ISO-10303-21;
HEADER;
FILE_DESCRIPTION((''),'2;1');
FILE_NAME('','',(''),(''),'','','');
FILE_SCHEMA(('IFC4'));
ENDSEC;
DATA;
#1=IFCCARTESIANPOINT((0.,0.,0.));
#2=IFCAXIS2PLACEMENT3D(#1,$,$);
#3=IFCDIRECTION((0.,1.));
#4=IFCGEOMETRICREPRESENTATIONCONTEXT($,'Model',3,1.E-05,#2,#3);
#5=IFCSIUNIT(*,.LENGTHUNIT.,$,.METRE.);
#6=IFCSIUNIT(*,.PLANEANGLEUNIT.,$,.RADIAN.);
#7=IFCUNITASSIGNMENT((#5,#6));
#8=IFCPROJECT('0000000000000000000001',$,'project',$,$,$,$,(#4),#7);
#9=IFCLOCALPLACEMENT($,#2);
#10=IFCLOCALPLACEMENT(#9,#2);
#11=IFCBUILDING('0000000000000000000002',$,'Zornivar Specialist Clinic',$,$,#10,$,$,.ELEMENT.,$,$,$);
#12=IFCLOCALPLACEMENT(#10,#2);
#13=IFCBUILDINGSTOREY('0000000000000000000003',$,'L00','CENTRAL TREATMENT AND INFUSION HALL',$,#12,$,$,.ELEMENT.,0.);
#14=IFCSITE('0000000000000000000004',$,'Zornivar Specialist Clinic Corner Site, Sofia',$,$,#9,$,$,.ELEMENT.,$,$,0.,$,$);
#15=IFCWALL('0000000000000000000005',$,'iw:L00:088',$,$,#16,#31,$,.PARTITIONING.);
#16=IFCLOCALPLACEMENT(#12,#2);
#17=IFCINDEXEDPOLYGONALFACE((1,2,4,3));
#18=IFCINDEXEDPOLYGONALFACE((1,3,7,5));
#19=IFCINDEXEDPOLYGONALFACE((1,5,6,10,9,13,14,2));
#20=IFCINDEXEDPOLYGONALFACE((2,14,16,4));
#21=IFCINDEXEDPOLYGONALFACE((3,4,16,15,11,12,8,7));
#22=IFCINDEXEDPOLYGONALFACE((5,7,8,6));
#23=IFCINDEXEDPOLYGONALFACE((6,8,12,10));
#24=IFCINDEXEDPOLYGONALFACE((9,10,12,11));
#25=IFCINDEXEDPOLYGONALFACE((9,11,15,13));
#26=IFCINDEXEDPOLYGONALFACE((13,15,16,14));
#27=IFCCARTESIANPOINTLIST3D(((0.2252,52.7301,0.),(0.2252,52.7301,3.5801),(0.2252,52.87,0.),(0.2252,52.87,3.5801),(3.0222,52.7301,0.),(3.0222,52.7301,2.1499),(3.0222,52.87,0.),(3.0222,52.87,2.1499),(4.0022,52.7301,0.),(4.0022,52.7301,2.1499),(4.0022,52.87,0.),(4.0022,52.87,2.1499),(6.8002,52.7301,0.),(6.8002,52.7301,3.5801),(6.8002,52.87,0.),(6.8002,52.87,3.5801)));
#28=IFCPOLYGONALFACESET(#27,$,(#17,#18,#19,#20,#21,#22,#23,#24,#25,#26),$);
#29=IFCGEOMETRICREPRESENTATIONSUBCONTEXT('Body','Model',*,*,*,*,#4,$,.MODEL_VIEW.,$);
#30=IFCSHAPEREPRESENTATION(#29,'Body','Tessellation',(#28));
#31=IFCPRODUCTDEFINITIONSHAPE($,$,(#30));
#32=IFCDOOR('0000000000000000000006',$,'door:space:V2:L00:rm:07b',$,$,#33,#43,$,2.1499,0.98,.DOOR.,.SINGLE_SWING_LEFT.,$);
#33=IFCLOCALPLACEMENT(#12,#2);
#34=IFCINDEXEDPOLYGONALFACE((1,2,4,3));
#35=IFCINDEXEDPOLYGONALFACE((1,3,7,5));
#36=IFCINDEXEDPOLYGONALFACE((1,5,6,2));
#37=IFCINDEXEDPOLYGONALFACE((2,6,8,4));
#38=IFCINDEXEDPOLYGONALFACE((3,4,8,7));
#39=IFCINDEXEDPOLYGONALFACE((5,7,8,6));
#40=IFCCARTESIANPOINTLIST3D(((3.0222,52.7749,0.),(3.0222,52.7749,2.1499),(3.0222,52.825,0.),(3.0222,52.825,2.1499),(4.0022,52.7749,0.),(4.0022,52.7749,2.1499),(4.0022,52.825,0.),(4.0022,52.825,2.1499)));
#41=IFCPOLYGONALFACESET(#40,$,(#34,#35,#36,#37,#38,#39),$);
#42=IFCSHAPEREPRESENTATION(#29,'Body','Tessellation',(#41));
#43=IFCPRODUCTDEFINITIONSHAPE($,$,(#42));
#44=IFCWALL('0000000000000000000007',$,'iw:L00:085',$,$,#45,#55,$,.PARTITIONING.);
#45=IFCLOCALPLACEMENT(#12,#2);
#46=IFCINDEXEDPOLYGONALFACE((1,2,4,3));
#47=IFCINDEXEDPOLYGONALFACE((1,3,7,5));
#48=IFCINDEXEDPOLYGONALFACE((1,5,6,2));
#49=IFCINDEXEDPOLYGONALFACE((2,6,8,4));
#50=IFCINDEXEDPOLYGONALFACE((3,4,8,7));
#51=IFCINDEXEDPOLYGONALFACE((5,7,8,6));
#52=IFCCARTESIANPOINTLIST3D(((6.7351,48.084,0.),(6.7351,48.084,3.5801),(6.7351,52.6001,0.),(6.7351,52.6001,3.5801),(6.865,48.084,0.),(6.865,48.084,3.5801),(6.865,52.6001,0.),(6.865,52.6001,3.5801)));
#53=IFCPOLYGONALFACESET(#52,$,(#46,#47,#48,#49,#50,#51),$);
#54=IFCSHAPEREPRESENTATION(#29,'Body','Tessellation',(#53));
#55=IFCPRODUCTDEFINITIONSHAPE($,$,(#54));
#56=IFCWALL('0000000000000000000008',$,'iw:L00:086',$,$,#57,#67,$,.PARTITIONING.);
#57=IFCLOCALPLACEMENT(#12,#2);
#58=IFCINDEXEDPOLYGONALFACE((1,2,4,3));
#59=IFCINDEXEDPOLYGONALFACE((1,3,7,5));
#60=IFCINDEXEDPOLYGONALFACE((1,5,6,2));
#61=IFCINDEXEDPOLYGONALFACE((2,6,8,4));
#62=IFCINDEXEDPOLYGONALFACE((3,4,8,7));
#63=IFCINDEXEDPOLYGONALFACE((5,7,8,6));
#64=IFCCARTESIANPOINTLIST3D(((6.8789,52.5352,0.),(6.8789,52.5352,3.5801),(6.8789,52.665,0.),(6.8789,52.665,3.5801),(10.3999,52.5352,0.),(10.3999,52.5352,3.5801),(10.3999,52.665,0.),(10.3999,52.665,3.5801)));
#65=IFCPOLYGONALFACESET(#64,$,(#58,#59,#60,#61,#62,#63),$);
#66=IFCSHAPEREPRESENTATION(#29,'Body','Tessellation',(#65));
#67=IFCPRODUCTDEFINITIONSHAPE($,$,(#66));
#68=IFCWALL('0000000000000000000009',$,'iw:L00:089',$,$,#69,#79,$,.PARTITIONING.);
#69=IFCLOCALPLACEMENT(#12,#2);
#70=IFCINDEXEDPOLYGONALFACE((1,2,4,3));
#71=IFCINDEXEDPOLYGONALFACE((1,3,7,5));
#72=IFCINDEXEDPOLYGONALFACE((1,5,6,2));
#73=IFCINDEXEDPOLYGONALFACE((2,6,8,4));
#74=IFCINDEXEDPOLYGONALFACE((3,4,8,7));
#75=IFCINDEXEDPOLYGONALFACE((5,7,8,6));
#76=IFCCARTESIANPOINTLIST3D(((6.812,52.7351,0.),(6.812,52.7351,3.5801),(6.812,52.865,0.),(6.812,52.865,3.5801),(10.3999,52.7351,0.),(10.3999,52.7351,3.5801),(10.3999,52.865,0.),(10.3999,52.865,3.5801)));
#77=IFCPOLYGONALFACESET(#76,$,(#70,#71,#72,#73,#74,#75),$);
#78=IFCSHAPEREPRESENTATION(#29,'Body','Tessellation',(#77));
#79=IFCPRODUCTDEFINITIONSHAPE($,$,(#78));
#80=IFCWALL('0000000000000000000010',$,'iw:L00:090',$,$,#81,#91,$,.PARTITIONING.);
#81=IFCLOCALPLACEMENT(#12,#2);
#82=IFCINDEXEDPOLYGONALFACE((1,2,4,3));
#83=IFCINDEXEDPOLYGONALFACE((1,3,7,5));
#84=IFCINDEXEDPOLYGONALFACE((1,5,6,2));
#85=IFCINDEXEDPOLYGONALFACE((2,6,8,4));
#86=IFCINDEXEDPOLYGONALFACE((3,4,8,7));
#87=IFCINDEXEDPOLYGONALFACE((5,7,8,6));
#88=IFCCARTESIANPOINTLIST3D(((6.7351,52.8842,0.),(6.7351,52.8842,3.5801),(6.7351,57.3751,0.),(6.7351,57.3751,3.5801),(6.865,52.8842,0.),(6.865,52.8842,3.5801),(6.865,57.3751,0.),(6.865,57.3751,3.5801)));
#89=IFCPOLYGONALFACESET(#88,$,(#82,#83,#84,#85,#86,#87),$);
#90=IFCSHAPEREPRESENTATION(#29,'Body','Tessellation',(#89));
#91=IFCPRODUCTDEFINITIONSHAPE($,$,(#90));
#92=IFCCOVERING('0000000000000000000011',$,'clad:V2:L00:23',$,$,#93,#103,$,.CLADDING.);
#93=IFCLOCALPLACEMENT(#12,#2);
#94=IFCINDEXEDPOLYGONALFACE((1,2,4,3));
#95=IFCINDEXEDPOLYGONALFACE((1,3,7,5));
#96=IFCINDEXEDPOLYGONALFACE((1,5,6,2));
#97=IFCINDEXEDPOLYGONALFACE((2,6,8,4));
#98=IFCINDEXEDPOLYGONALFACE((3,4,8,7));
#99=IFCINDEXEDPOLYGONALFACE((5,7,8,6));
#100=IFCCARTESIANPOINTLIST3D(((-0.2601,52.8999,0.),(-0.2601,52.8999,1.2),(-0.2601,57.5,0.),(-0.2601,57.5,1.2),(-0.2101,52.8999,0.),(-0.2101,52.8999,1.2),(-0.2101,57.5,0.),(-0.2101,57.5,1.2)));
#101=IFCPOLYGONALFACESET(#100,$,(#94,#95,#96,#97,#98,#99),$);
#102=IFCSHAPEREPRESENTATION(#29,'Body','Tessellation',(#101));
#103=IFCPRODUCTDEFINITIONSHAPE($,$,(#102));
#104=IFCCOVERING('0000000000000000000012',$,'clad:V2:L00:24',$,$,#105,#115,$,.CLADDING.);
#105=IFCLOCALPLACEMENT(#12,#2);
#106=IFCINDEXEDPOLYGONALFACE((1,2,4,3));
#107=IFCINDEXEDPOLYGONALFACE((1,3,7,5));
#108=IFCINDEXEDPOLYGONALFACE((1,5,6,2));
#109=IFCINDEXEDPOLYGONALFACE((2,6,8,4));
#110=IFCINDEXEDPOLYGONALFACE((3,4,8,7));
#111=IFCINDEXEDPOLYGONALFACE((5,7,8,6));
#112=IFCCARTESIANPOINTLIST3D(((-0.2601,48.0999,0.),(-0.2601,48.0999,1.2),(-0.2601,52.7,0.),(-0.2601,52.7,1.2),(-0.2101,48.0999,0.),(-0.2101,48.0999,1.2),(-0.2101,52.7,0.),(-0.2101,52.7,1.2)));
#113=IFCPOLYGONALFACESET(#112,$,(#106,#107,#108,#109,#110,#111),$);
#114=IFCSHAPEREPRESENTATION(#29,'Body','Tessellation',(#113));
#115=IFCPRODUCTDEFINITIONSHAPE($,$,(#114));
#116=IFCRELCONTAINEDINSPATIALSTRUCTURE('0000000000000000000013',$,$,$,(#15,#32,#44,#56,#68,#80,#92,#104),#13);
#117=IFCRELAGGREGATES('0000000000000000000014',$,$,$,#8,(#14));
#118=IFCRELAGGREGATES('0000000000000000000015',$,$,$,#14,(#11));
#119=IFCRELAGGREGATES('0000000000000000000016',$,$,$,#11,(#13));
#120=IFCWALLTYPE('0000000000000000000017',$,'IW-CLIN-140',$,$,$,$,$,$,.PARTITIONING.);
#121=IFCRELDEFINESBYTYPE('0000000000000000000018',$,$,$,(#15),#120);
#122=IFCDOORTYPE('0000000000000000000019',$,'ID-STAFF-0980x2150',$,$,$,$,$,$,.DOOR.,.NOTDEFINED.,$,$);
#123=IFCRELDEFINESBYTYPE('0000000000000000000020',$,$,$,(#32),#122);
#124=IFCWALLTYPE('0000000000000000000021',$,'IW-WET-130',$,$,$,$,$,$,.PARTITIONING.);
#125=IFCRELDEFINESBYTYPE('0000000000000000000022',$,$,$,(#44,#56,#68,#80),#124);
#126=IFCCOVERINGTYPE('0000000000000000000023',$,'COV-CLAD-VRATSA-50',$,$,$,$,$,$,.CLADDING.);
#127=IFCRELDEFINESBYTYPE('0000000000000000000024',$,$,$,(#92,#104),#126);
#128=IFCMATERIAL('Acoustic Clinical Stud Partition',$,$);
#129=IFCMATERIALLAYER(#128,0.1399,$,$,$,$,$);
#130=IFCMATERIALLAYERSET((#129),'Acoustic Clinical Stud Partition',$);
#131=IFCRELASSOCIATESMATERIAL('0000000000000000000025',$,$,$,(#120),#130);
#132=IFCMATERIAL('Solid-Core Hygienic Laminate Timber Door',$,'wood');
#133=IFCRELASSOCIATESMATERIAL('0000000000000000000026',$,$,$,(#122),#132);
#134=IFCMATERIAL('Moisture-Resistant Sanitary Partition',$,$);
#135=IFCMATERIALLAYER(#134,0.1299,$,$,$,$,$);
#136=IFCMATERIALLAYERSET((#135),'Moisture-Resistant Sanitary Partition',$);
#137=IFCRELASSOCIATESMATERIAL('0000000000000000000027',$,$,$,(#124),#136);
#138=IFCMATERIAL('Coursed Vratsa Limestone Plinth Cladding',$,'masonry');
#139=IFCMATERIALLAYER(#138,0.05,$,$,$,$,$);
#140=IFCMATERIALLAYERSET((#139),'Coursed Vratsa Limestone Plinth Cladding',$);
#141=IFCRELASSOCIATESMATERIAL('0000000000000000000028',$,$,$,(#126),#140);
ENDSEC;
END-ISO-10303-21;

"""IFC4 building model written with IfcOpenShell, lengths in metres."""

from ifc_helpers import new_model, si_unit, direction, frame, frame_2d, origin, origin_2d, place, context, subcontext, project, spatial, rectangle, extrude, material, layer, layer_set, type_object, element, fill, save


model = new_model("IFC4")

# Units and contexts
model_context = context("Model", 3, precision=1e-05, world=origin(), true_north=direction((0.0, 1.0)))
body_context = subcontext(model_context, "Body", "Model", "MODEL_VIEW")
ifc_project = project(units=[si_unit("LENGTHUNIT", "METRE"), si_unit("PLANEANGLEUNIT", "RADIAN")], contexts=[model_context])

# Site, building, storey
site_placement = place(None, origin())
site = spatial("IfcSite", under=ifc_project, at=site_placement, Name="Zornivar Specialist Clinic Corner Site, Sofia", CompositionType="ELEMENT", RefElevation=0.0)
building_placement = place(site_placement, origin())
building = spatial("IfcBuilding", under=site, at=building_placement, Name="Zornivar Specialist Clinic", CompositionType="ELEMENT")
storey_placement = place(building_placement, origin())
storey = spatial("IfcBuildingStorey", under=building, at=storey_placement, Name="L00", Description="CENTRAL TREATMENT AND INFUSION HALL", CompositionType="ELEMENT", Elevation=0.0)

# Wall, opening, door
ifc_material_1 = material(Name="Acoustic Clinical Stud Partition")
ifc_layer_1 = layer(ifc_material_1, 0.1399)
ifc_layer_set_1 = layer_set([ifc_layer_1], Name="Acoustic Clinical Stud Partition")
wall_type_1 = type_object("IfcWallType", Name="IW-CLIN-140", PredefinedType="PARTITIONING", material=ifc_layer_set_1)
wall_1_placement = place(storey_placement, frame((0.2251, 52.8, 0.0), z_axis=(0.0, 0.0, 1.0), x_axis=(1.0, 0.0, 0.0)))
wall_1 = element("IfcWall", 1, at=wall_1_placement, inside=storey, type_object=wall_type_1, Name="iw:L00:088", PredefinedType="PARTITIONING", context=body_context, shape_type="SweptSolid", body=[
    extrude(rectangle(XDim=6.575, YDim=0.1399, at=frame_2d((3.2876, 0.0))), origin(), (0.0, 0.0, 1.0), 3.5801),
])
opening_1_placement = place(wall_1_placement, frame((2.7971, 0.0, 0.0)))
opening_1 = element("IfcOpeningElement", 2, at=opening_1_placement, cuts=wall_1, PredefinedType="OPENING", context=body_context, shape_type="SweptSolid", body=[
    extrude(rectangle(XDim=0.98, YDim=2.1499, at=frame_2d((0.49, 1.075))), frame((0.0, 0.0798, 0.0), z_axis=(0.0, -1.0, 0.0), x_axis=(1.0, 0.0, 0.0)), (0.0, 0.0, 1.0), 0.1599),
])
ifc_material_2 = material(Name="Solid-Core Hygienic Laminate Timber Door", Category="wood")
door_type = type_object("IfcDoorType", Name="ID-STAFF-0980x2150", OperationType="NOTDEFINED", PredefinedType="DOOR", material=ifc_material_2)
door_placement = place(opening_1_placement, origin())
door = element("IfcDoor", 3, at=door_placement, inside=storey, type_object=door_type, Name="door:space:V2:L00:rm:07b", OperationType="SINGLE_SWING_LEFT", OverallHeight=2.1499, OverallWidth=0.98, PredefinedType="DOOR", context=body_context, shape_type="SweptSolid", body=[
    extrude(rectangle(XDim=0.98, YDim=2.1499, at=frame_2d((0.49, 1.075))), frame((0.0, 0.0249, 0.0), z_axis=(0.0, -1.0, 0.0), x_axis=(1.0, 0.0, 0.0)), (0.0, 0.0, 1.0), 0.05),
])
fill(opening_1, door)

# Walls
ifc_material_3 = material(Name="Moisture-Resistant Sanitary Partition")
ifc_layer_2 = layer(ifc_material_3, 0.1299)
ifc_layer_set_2 = layer_set([ifc_layer_2], Name="Moisture-Resistant Sanitary Partition")
wall_type_2 = type_object("IfcWallType", Name="IW-WET-130", PredefinedType="PARTITIONING", material=ifc_layer_set_2)
wall_2_placement = place(storey_placement, frame((6.8, 48.084, 0.0), z_axis=(0.0, 0.0, 1.0), x_axis=(0.0, 1.0, 0.0)))
element("IfcWall", 4, at=wall_2_placement, inside=storey, type_object=wall_type_2, Name="iw:L00:085", PredefinedType="PARTITIONING", context=body_context, shape_type="SweptSolid", body=[
    extrude(rectangle(XDim=4.5161, YDim=0.1299, at=frame_2d((2.2581, 0.0))), origin(), (0.0, 0.0, 1.0), 3.5801),
])
wall_3_placement = place(storey_placement, frame((6.8789, 52.6001, 0.0), z_axis=(0.0, 0.0, 1.0), x_axis=(1.0, 0.0, 0.0)))
element("IfcWall", 5, at=wall_3_placement, inside=storey, type_object=wall_type_2, Name="iw:L00:086", PredefinedType="PARTITIONING", context=body_context, shape_type="SweptSolid", body=[
    extrude(rectangle(XDim=3.521, YDim=0.1299, at=frame_2d((1.7605, 0.0))), origin(), (0.0, 0.0, 1.0), 3.5801),
])
wall_4_placement = place(storey_placement, frame((6.812, 52.8, 0.0), z_axis=(0.0, 0.0, 1.0), x_axis=(1.0, 0.0, 0.0)))
element("IfcWall", 6, at=wall_4_placement, inside=storey, type_object=wall_type_2, Name="iw:L00:089", PredefinedType="PARTITIONING", context=body_context, shape_type="SweptSolid", body=[
    extrude(rectangle(XDim=3.5879, YDim=0.1299, at=frame_2d((1.7939, 0.0))), origin(), (0.0, 0.0, 1.0), 3.5801),
])
wall_5_placement = place(storey_placement, frame((6.8, 52.884, 0.0), z_axis=(0.0, 0.0, 1.0), x_axis=(0.0, 1.0, 0.0)))
element("IfcWall", 7, at=wall_5_placement, inside=storey, type_object=wall_type_2, Name="iw:L00:090", PredefinedType="PARTITIONING", context=body_context, shape_type="SweptSolid", body=[
    extrude(rectangle(XDim=4.491, YDim=0.1299, at=frame_2d((2.2456, 0.0))), origin(), (0.0, 0.0, 1.0), 3.5801),
])

# Coverings
ifc_material_4 = material(Name="Coursed Vratsa Limestone Plinth Cladding", Category="masonry")
ifc_layer_3 = layer(ifc_material_4, 0.05)
ifc_layer_set_3 = layer_set([ifc_layer_3], Name="Coursed Vratsa Limestone Plinth Cladding")
covering_type = type_object("IfcCoveringType", Name="COV-CLAD-VRATSA-50", PredefinedType="CLADDING", material=ifc_layer_set_3)
for number, where, z_axis, x_axis, name in (
    (8, (-0.2351, 55.2, 0.0), (0.0, 0.0, 1.0), (0.0, -1.0, 0.0), "clad:V2:L00:23"),
    (9, (-0.2351, 50.3999, 0.0), (0.0, 0.0, 1.0), (0.0, -1.0, 0.0), "clad:V2:L00:24"),
):
    element("IfcCovering", number, at=place(storey_placement, frame(where, z_axis=z_axis, x_axis=x_axis)), inside=storey, type_object=covering_type, Name=name, PredefinedType="CLADDING", context=body_context, shape_type="SweptSolid", body=[
        extrude(rectangle(XDim=4.6001, YDim=0.05, at=origin_2d()), origin(), (0.0, 0.0, 1.0), 1.2),
    ])

save(model, "model.ifc")
